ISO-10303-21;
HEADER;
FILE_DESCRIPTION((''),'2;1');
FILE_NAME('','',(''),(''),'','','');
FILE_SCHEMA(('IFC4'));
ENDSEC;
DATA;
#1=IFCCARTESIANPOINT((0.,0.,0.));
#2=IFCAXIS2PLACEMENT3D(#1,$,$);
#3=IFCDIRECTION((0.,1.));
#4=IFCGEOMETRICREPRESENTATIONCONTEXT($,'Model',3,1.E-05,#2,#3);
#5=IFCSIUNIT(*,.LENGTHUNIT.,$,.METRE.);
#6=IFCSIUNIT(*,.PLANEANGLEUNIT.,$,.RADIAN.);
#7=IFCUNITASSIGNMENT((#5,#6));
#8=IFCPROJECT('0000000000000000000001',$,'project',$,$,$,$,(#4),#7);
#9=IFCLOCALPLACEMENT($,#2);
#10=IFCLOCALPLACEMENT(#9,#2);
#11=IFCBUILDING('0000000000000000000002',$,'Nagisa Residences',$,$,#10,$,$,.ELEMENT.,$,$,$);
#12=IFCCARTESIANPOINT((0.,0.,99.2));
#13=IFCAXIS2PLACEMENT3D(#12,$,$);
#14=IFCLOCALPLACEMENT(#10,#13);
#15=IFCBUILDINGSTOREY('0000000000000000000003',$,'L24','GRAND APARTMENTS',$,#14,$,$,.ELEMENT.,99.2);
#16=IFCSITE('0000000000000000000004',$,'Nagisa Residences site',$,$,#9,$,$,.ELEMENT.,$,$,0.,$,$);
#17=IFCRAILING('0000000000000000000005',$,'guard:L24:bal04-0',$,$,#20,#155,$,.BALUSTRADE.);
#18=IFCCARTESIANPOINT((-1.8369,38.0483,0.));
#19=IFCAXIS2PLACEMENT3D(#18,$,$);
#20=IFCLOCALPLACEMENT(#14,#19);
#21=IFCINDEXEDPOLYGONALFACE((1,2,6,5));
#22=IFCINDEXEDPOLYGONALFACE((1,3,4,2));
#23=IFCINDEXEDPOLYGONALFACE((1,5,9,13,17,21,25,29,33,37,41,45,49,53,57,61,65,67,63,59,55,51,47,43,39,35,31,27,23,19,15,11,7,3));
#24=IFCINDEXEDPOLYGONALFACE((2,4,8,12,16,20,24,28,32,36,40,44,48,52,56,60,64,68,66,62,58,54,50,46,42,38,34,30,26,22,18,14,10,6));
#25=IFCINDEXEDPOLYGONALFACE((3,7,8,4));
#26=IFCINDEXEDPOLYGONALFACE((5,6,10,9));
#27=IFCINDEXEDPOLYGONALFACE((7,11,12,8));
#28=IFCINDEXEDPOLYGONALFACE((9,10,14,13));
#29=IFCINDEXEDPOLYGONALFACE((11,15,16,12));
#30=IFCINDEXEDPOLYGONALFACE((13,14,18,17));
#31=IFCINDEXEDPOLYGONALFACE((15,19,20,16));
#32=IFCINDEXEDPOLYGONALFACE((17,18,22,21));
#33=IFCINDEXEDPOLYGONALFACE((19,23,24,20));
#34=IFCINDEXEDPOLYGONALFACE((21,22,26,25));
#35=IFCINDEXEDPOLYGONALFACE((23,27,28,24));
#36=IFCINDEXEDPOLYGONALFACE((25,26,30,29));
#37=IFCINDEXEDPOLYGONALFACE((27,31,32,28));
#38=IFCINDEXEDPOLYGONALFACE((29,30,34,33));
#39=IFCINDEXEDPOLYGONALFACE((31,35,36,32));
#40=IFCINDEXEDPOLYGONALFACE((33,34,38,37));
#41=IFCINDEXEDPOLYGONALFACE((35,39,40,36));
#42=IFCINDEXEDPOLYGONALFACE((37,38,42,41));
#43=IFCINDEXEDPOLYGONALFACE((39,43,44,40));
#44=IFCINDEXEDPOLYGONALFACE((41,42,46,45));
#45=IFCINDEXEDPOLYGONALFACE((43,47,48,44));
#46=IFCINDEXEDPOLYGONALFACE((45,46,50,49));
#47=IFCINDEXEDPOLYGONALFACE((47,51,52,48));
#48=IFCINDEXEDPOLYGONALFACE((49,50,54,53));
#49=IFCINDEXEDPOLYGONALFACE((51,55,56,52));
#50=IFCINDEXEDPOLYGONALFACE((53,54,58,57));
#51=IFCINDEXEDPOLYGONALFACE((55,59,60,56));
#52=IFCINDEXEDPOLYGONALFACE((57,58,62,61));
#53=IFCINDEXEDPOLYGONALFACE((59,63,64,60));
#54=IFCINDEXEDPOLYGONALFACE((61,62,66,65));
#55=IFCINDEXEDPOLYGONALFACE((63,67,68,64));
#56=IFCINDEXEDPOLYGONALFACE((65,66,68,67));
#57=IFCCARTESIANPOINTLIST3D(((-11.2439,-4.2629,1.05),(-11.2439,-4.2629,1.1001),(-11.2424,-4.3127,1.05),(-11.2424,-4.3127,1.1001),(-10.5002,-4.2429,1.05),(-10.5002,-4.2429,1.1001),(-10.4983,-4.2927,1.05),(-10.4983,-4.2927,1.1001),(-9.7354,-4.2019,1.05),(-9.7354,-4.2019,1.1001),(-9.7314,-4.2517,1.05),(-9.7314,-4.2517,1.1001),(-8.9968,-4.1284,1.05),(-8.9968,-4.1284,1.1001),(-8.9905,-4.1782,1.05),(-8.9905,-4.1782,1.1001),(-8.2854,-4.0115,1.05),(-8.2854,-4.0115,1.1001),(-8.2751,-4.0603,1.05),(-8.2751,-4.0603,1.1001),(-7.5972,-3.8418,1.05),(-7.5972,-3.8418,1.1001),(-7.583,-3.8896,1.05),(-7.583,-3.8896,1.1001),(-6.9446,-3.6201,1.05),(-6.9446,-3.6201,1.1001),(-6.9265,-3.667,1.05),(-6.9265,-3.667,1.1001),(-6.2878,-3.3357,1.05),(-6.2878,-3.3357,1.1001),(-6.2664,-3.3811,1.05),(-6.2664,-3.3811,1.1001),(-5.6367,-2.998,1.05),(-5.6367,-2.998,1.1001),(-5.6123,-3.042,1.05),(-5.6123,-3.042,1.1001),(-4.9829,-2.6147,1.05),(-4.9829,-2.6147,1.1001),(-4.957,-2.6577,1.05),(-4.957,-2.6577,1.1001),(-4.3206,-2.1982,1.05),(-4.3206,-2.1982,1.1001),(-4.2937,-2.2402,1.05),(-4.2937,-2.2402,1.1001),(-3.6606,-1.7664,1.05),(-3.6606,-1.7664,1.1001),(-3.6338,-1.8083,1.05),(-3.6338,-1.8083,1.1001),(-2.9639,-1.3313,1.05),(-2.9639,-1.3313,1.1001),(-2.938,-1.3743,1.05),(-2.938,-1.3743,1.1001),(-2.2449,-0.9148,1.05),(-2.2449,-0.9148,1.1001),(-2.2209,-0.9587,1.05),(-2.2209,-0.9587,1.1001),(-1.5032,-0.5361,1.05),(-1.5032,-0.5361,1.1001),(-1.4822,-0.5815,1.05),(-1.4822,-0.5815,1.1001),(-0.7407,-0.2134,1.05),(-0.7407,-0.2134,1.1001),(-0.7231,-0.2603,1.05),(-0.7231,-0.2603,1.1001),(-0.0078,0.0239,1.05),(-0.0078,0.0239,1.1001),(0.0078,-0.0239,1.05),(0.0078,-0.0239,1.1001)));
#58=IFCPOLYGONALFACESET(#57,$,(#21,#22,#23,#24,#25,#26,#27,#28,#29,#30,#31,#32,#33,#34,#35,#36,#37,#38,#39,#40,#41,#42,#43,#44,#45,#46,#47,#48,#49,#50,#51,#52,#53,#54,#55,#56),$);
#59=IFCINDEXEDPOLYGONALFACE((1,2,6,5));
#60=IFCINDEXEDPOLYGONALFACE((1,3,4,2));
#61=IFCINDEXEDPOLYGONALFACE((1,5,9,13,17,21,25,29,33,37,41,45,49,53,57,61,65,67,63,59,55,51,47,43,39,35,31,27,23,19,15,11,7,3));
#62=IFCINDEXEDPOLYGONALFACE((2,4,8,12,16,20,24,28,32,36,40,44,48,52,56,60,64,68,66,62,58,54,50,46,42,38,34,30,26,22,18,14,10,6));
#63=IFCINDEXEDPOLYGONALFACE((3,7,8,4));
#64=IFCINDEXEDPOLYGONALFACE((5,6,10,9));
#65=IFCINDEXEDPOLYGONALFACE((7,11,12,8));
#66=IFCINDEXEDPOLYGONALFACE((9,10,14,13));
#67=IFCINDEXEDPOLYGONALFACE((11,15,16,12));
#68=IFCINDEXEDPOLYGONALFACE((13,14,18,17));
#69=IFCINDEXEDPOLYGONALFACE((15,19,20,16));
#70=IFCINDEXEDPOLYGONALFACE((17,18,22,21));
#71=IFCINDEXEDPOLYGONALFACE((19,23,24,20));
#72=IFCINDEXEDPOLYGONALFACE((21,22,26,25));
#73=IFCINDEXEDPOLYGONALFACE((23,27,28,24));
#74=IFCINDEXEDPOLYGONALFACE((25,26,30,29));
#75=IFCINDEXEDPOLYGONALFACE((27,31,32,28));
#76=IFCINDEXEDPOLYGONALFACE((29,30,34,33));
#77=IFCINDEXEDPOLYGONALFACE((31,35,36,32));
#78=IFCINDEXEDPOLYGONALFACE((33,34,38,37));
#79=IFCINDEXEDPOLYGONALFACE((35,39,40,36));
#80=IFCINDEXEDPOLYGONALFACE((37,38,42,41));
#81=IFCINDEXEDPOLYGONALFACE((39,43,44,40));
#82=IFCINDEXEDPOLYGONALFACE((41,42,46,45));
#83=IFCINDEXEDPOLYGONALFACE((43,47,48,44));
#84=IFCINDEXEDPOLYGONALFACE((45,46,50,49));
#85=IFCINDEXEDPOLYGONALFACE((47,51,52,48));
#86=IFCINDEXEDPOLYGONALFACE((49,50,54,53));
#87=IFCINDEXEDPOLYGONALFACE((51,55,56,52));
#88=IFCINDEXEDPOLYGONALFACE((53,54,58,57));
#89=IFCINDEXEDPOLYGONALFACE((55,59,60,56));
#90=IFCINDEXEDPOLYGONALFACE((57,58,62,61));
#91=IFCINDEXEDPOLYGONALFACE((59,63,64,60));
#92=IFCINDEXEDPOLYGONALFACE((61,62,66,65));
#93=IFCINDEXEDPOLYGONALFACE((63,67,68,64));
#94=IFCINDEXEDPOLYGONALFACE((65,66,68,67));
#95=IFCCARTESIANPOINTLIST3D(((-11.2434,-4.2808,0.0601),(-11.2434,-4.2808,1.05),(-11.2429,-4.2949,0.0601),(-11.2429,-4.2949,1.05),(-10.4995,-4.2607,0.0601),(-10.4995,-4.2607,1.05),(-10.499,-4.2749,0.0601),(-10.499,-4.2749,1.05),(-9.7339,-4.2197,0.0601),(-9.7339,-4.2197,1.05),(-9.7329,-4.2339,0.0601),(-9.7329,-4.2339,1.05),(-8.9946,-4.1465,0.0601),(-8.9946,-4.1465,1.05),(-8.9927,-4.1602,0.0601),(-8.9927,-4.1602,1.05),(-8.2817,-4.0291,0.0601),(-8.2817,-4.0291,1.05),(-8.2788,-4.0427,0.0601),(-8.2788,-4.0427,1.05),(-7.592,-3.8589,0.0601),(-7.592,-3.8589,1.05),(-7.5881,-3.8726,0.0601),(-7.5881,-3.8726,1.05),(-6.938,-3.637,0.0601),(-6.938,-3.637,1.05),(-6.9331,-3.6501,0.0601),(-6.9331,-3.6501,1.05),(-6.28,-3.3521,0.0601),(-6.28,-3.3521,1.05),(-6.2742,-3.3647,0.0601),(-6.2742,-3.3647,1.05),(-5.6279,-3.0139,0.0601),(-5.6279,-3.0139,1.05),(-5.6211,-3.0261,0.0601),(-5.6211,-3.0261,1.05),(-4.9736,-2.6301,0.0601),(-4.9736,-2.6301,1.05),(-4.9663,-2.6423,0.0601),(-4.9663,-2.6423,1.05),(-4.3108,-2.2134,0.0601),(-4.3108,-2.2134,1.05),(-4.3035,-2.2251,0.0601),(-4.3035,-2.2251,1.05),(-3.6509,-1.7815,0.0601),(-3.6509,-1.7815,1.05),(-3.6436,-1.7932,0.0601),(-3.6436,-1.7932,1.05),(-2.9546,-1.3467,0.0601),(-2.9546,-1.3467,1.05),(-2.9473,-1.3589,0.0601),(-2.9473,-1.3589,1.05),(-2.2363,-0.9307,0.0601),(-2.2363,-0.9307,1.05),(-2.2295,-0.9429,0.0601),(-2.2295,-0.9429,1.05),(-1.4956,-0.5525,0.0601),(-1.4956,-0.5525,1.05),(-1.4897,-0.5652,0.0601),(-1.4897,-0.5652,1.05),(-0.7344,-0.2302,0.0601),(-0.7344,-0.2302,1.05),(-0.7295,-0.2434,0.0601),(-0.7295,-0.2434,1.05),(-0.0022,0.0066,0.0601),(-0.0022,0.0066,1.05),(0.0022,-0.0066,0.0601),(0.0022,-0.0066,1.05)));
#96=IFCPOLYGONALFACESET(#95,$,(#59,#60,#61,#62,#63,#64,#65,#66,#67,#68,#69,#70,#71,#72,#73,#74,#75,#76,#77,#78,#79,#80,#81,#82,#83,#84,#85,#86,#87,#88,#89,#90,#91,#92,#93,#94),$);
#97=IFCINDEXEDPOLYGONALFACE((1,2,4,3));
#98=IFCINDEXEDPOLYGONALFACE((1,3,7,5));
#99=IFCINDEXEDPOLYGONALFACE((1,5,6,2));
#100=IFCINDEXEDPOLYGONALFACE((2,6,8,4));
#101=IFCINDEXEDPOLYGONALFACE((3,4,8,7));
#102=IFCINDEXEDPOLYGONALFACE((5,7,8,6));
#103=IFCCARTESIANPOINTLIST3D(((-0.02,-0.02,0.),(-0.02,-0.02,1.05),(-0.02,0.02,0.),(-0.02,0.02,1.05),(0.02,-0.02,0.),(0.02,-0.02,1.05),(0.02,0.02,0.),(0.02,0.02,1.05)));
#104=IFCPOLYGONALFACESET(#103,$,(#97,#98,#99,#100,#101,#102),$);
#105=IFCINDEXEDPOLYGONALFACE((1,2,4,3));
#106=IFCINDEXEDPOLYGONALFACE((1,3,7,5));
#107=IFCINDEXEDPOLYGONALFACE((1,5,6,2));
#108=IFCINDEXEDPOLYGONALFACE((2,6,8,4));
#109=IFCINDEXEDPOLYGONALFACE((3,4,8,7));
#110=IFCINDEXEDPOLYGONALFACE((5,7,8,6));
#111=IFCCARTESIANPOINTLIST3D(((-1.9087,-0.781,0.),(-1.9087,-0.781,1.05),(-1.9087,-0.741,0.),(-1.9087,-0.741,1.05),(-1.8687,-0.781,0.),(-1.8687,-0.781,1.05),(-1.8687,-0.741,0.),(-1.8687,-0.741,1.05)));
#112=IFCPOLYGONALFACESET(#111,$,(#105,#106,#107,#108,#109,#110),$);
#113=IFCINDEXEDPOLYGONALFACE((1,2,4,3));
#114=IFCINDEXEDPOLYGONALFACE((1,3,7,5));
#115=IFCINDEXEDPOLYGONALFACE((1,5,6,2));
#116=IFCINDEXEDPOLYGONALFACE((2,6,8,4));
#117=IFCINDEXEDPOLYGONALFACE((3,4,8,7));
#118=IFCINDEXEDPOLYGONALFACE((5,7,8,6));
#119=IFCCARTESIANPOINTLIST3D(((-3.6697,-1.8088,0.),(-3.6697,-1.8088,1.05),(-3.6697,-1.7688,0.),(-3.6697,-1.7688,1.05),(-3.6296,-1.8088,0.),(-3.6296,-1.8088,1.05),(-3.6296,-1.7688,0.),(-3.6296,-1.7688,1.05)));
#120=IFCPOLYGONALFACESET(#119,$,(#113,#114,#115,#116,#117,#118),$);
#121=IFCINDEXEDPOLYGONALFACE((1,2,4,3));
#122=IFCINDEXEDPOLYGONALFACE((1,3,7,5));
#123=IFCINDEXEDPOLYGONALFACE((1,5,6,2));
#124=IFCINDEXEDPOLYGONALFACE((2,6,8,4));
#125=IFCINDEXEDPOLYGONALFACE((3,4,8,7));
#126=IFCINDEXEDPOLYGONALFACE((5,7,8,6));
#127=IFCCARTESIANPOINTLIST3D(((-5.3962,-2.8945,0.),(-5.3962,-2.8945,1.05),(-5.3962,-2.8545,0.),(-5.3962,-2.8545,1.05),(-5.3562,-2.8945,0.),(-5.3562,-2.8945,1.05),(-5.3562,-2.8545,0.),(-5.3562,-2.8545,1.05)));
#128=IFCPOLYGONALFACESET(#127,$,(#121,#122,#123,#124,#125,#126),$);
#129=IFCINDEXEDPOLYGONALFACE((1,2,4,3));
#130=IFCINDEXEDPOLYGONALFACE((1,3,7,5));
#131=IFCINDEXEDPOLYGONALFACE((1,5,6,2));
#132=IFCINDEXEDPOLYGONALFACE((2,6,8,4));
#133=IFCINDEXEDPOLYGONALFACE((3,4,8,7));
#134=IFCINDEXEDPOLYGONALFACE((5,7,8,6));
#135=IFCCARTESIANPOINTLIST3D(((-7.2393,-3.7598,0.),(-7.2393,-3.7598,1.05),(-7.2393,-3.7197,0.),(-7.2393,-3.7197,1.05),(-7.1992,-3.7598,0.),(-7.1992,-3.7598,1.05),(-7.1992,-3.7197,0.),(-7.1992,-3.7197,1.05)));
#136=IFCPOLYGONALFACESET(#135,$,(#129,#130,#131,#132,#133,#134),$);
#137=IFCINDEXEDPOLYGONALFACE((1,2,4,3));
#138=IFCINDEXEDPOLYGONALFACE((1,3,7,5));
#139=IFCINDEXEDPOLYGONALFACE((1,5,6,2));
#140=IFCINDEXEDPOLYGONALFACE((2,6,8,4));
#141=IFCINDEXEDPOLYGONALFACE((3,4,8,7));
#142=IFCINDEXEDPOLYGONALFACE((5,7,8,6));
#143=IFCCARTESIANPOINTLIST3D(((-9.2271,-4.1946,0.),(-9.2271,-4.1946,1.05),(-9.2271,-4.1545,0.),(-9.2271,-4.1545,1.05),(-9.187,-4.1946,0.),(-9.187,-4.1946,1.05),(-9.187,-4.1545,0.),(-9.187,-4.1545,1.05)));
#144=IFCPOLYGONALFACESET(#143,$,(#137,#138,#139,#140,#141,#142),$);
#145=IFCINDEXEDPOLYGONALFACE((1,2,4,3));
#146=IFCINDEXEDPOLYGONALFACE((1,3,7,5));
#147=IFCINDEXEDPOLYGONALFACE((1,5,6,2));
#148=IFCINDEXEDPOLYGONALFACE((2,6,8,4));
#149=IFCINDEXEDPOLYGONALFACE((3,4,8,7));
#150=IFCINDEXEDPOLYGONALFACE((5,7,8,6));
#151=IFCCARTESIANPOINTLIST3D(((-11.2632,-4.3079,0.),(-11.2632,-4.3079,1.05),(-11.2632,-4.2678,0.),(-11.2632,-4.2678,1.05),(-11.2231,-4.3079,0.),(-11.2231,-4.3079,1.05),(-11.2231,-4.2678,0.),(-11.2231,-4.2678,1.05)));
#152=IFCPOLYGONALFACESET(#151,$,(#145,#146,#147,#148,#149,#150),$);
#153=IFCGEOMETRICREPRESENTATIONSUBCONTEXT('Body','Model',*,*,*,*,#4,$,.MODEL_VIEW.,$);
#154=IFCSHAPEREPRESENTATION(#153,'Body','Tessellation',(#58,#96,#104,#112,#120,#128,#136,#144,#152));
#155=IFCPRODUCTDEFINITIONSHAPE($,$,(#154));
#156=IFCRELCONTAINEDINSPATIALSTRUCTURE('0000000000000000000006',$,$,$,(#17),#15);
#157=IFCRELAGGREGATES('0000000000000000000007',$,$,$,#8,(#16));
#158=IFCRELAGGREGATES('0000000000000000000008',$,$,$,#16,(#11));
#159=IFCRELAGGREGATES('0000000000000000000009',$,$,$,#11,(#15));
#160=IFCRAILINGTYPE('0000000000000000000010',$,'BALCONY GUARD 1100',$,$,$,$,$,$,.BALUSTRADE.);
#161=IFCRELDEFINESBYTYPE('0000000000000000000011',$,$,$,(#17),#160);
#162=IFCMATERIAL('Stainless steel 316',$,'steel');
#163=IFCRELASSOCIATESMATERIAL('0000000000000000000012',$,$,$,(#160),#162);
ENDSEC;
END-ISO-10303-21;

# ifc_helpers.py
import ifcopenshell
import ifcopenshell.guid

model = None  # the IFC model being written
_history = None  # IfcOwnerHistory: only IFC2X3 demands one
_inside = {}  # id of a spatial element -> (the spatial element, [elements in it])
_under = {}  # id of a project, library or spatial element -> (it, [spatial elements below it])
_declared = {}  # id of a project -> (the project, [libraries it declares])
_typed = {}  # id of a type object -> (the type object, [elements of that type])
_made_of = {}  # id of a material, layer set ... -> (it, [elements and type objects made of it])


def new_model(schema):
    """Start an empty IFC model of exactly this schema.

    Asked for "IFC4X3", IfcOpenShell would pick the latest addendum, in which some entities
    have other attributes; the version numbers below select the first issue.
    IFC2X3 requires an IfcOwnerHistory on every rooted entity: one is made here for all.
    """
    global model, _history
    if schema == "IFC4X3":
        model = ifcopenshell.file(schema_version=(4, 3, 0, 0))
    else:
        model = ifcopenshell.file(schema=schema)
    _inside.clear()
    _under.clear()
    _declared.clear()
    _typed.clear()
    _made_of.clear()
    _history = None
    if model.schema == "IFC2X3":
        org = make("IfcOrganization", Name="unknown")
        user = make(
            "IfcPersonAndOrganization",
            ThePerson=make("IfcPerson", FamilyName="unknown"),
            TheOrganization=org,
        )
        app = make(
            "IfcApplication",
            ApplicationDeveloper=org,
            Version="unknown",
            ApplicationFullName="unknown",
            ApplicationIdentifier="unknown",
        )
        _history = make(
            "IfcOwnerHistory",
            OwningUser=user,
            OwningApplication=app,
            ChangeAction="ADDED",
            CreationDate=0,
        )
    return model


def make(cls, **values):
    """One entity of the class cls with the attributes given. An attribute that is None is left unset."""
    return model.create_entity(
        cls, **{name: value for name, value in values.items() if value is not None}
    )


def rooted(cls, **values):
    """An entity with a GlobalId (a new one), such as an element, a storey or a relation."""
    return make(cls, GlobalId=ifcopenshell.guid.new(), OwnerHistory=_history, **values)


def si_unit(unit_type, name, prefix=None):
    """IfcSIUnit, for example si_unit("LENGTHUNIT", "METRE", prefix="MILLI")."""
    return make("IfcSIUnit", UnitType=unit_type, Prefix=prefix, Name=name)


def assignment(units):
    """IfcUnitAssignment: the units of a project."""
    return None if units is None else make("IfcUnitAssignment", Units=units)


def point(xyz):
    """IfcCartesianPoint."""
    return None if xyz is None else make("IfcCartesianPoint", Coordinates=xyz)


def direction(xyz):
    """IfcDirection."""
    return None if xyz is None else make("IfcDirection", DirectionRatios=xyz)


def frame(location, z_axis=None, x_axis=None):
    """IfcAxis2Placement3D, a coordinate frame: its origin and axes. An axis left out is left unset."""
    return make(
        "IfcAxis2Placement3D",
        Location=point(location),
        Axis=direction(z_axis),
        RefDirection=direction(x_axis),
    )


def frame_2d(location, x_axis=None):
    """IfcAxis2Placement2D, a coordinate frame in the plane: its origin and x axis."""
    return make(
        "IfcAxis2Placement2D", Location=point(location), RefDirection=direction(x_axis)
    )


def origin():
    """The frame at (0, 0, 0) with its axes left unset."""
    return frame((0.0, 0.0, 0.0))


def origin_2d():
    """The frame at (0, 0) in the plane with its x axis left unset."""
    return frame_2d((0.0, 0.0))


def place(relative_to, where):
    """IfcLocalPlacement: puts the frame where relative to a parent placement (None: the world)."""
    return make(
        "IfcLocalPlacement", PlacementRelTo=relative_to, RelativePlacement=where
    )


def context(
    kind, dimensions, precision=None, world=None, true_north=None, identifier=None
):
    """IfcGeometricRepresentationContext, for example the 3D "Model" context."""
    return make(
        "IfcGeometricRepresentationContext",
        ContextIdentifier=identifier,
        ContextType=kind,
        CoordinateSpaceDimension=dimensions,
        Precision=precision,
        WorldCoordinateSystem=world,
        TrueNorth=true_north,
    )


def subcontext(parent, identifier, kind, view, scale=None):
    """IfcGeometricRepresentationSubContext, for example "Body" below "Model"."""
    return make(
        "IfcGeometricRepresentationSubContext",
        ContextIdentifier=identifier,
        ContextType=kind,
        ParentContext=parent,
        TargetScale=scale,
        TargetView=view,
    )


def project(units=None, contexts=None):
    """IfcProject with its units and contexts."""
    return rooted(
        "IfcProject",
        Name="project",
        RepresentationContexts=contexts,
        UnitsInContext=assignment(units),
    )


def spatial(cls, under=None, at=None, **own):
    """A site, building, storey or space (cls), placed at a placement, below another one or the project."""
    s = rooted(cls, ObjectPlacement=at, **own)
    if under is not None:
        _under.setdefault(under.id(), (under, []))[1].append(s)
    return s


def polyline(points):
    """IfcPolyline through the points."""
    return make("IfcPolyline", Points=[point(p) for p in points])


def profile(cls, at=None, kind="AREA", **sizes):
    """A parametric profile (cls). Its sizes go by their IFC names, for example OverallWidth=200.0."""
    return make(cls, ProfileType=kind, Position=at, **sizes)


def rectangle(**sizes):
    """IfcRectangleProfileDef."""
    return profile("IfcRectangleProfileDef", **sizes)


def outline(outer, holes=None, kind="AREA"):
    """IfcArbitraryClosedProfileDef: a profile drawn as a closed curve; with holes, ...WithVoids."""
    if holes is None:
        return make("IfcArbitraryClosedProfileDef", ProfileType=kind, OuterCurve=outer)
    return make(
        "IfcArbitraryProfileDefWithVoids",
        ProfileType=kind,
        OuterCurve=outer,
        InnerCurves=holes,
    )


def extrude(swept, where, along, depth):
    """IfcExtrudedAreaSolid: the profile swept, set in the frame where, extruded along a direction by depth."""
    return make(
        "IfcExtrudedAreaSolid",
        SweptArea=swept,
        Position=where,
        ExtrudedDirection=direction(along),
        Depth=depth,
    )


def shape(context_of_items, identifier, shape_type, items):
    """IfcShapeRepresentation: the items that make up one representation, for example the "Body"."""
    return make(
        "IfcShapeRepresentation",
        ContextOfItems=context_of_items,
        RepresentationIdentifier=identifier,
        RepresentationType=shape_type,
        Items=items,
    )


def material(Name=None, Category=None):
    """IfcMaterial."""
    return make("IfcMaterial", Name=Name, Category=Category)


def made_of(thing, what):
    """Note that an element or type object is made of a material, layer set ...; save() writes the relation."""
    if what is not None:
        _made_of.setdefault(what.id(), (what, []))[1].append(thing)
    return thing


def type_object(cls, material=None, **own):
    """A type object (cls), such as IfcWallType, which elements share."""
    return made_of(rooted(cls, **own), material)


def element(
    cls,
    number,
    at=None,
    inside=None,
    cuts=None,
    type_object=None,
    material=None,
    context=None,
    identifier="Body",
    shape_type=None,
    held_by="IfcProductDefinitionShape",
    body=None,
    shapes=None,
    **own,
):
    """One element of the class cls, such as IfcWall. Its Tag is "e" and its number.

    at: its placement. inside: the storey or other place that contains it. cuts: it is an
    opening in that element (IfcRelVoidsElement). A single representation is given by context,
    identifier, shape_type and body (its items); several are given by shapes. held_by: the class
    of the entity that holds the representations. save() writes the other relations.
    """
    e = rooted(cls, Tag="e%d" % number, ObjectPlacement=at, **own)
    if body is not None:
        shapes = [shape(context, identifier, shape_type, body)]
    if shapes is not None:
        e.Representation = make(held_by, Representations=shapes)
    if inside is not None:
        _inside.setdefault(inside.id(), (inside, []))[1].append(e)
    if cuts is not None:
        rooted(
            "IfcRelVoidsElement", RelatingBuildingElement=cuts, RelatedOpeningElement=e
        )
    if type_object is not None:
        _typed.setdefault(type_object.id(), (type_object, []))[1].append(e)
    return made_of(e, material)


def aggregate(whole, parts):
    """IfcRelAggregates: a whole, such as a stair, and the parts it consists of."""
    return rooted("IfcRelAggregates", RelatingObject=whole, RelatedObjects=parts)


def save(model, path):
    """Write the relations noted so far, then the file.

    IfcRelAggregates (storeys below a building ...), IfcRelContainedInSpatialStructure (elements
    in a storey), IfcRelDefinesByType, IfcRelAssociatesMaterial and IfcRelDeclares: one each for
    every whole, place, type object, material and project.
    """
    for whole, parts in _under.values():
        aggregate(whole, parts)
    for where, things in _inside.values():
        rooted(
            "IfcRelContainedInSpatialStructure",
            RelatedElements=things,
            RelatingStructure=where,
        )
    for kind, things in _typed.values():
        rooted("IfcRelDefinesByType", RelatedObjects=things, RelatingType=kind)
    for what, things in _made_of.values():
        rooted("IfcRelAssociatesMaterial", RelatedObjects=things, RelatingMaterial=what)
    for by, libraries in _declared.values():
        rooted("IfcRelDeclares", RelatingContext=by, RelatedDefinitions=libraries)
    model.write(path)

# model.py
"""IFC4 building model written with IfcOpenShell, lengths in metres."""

from ifc_helpers import new_model, si_unit, direction, frame, origin, origin_2d, place, context, subcontext, project, spatial, polyline, rectangle, outline, extrude, material, type_object, element, save


model = new_model("IFC4")

# Units and contexts
model_context = context("Model", 3, precision=1e-05, world=origin(), true_north=direction((0.0, 1.0)))
body_context = subcontext(model_context, "Body", "Model", "MODEL_VIEW")
ifc_project = project(units=[si_unit("LENGTHUNIT", "METRE"), si_unit("PLANEANGLEUNIT", "RADIAN")], contexts=[model_context])

# Site, building, storey
site_placement = place(None, origin())
site = spatial("IfcSite", under=ifc_project, at=site_placement, Name="Nagisa Residences site", CompositionType="ELEMENT", RefElevation=0.0)
building_placement = place(site_placement, origin())
building = spatial("IfcBuilding", under=site, at=building_placement, Name="Nagisa Residences", CompositionType="ELEMENT")
storey_placement = place(building_placement, frame((0.0, 0.0, 99.2)))
storey = spatial("IfcBuildingStorey", under=building, at=storey_placement, Name="L24", Description="GRAND APARTMENTS", CompositionType="ELEMENT", Elevation=99.2)

# Railing
ifc_material_1 = material(Name="Stainless steel 316", Category="steel")
railing_type = type_object("IfcRailingType", Name="BALCONY GUARD 1100", PredefinedType="BALUSTRADE", material=ifc_material_1)
railing_1_placement = place(storey_placement, frame((-1.8369, 38.0483, 0.0)))
element("IfcRailing", 1, at=railing_1_placement, inside=storey, type_object=railing_type, Name="guard:L24:bal04-0", PredefinedType="BALUSTRADE", context=body_context, shape_type="SweptSolid", body=[
    extrude(outline(polyline([(-0.7231, -0.2603), (0.0078, -0.0239), (-0.0078, 0.0239), (-0.7407, -0.2134), (-1.5032, -0.5361), (-2.2449, -0.9148), (-2.9639, -1.3313), (-3.6606, -1.7664), (-4.3206, -2.1982), (-4.9829, -2.6147), (-5.6367, -2.998), (-6.2878, -3.3357), (-6.9446, -3.6201), (-7.5972, -3.8418), (-8.2854, -4.0115), (-8.9968, -4.1284), (-9.7354, -4.2019), (-10.5002, -4.2429), (-11.2439, -4.2629), (-11.2424, -4.3127), (-10.4983, -4.2927), (-9.7314, -4.2517), (-8.9905, -4.1782), (-8.2751, -4.0603), (-7.583, -3.8896), (-6.9265, -3.667), (-6.2664, -3.3811), (-5.6123, -3.042), (-4.957, -2.6577), (-4.2937, -2.2402), (-3.6338, -1.8083), (-2.938, -1.3743), (-2.2209, -0.9587), (-1.4822, -0.5815), (-0.7231, -0.2603)])), frame((0.0, 0.0, 1.05)), (0.0, 0.0, 1.0), 0.05),
    extrude(outline(polyline([(-0.7295, -0.2434), (0.0022, -0.0066), (-0.0022, 0.0066), (-0.7344, -0.2302), (-1.4956, -0.5525), (-2.2363, -0.9307), (-2.9546, -1.3467), (-3.6509, -1.7815), (-4.3108, -2.2134), (-4.9736, -2.6301), (-5.6279, -3.0139), (-6.28, -3.3521), (-6.938, -3.637), (-7.592, -3.8589), (-8.2817, -4.0291), (-8.9946, -4.1465), (-9.7339, -4.2197), (-10.4995, -4.2607), (-11.2434, -4.2808), (-11.2429, -4.2949), (-10.499, -4.2749), (-9.7329, -4.2339), (-8.9927, -4.1602), (-8.2788, -4.0427), (-7.5881, -3.8726), (-6.9331, -3.6501), (-6.2742, -3.3647), (-5.6211, -3.0261), (-4.9663, -2.6423), (-4.3035, -2.2251), (-3.6436, -1.7932), (-2.9473, -1.3589), (-2.2295, -0.9429), (-1.4897, -0.5652), (-0.7295, -0.2434)])), frame((0.0, 0.0, 0.0601)), (0.0, 0.0, 1.0), 0.99),
    extrude(rectangle(XDim=0.04, YDim=0.04, at=origin_2d()), origin(), (0.0, 0.0, 1.0), 1.05),
    extrude(rectangle(XDim=0.04, YDim=0.04, at=origin_2d()), frame((-1.8887, -0.761, 0.0)), (0.0, 0.0, 1.0), 1.05),
    extrude(rectangle(XDim=0.04, YDim=0.04, at=origin_2d()), frame((-3.6497, -1.7888, 0.0)), (0.0, 0.0, 1.0), 1.05),
    extrude(rectangle(XDim=0.04, YDim=0.04, at=origin_2d()), frame((-5.3762, -2.8745, 0.0)), (0.0, 0.0, 1.0), 1.05),
    extrude(rectangle(XDim=0.04, YDim=0.04, at=origin_2d()), frame((-7.2192, -3.7397, 0.0)), (0.0, 0.0, 1.0), 1.05),
    extrude(rectangle(XDim=0.04, YDim=0.04, at=origin_2d()), frame((-9.207, -4.1746, 0.0)), (0.0, 0.0, 1.0), 1.05),
    extrude(rectangle(XDim=0.04, YDim=0.04, at=origin_2d()), frame((-11.2432, -4.2878, 0.0)), (0.0, 0.0, 1.0), 1.05),
])

save(model, "model.ifc")
